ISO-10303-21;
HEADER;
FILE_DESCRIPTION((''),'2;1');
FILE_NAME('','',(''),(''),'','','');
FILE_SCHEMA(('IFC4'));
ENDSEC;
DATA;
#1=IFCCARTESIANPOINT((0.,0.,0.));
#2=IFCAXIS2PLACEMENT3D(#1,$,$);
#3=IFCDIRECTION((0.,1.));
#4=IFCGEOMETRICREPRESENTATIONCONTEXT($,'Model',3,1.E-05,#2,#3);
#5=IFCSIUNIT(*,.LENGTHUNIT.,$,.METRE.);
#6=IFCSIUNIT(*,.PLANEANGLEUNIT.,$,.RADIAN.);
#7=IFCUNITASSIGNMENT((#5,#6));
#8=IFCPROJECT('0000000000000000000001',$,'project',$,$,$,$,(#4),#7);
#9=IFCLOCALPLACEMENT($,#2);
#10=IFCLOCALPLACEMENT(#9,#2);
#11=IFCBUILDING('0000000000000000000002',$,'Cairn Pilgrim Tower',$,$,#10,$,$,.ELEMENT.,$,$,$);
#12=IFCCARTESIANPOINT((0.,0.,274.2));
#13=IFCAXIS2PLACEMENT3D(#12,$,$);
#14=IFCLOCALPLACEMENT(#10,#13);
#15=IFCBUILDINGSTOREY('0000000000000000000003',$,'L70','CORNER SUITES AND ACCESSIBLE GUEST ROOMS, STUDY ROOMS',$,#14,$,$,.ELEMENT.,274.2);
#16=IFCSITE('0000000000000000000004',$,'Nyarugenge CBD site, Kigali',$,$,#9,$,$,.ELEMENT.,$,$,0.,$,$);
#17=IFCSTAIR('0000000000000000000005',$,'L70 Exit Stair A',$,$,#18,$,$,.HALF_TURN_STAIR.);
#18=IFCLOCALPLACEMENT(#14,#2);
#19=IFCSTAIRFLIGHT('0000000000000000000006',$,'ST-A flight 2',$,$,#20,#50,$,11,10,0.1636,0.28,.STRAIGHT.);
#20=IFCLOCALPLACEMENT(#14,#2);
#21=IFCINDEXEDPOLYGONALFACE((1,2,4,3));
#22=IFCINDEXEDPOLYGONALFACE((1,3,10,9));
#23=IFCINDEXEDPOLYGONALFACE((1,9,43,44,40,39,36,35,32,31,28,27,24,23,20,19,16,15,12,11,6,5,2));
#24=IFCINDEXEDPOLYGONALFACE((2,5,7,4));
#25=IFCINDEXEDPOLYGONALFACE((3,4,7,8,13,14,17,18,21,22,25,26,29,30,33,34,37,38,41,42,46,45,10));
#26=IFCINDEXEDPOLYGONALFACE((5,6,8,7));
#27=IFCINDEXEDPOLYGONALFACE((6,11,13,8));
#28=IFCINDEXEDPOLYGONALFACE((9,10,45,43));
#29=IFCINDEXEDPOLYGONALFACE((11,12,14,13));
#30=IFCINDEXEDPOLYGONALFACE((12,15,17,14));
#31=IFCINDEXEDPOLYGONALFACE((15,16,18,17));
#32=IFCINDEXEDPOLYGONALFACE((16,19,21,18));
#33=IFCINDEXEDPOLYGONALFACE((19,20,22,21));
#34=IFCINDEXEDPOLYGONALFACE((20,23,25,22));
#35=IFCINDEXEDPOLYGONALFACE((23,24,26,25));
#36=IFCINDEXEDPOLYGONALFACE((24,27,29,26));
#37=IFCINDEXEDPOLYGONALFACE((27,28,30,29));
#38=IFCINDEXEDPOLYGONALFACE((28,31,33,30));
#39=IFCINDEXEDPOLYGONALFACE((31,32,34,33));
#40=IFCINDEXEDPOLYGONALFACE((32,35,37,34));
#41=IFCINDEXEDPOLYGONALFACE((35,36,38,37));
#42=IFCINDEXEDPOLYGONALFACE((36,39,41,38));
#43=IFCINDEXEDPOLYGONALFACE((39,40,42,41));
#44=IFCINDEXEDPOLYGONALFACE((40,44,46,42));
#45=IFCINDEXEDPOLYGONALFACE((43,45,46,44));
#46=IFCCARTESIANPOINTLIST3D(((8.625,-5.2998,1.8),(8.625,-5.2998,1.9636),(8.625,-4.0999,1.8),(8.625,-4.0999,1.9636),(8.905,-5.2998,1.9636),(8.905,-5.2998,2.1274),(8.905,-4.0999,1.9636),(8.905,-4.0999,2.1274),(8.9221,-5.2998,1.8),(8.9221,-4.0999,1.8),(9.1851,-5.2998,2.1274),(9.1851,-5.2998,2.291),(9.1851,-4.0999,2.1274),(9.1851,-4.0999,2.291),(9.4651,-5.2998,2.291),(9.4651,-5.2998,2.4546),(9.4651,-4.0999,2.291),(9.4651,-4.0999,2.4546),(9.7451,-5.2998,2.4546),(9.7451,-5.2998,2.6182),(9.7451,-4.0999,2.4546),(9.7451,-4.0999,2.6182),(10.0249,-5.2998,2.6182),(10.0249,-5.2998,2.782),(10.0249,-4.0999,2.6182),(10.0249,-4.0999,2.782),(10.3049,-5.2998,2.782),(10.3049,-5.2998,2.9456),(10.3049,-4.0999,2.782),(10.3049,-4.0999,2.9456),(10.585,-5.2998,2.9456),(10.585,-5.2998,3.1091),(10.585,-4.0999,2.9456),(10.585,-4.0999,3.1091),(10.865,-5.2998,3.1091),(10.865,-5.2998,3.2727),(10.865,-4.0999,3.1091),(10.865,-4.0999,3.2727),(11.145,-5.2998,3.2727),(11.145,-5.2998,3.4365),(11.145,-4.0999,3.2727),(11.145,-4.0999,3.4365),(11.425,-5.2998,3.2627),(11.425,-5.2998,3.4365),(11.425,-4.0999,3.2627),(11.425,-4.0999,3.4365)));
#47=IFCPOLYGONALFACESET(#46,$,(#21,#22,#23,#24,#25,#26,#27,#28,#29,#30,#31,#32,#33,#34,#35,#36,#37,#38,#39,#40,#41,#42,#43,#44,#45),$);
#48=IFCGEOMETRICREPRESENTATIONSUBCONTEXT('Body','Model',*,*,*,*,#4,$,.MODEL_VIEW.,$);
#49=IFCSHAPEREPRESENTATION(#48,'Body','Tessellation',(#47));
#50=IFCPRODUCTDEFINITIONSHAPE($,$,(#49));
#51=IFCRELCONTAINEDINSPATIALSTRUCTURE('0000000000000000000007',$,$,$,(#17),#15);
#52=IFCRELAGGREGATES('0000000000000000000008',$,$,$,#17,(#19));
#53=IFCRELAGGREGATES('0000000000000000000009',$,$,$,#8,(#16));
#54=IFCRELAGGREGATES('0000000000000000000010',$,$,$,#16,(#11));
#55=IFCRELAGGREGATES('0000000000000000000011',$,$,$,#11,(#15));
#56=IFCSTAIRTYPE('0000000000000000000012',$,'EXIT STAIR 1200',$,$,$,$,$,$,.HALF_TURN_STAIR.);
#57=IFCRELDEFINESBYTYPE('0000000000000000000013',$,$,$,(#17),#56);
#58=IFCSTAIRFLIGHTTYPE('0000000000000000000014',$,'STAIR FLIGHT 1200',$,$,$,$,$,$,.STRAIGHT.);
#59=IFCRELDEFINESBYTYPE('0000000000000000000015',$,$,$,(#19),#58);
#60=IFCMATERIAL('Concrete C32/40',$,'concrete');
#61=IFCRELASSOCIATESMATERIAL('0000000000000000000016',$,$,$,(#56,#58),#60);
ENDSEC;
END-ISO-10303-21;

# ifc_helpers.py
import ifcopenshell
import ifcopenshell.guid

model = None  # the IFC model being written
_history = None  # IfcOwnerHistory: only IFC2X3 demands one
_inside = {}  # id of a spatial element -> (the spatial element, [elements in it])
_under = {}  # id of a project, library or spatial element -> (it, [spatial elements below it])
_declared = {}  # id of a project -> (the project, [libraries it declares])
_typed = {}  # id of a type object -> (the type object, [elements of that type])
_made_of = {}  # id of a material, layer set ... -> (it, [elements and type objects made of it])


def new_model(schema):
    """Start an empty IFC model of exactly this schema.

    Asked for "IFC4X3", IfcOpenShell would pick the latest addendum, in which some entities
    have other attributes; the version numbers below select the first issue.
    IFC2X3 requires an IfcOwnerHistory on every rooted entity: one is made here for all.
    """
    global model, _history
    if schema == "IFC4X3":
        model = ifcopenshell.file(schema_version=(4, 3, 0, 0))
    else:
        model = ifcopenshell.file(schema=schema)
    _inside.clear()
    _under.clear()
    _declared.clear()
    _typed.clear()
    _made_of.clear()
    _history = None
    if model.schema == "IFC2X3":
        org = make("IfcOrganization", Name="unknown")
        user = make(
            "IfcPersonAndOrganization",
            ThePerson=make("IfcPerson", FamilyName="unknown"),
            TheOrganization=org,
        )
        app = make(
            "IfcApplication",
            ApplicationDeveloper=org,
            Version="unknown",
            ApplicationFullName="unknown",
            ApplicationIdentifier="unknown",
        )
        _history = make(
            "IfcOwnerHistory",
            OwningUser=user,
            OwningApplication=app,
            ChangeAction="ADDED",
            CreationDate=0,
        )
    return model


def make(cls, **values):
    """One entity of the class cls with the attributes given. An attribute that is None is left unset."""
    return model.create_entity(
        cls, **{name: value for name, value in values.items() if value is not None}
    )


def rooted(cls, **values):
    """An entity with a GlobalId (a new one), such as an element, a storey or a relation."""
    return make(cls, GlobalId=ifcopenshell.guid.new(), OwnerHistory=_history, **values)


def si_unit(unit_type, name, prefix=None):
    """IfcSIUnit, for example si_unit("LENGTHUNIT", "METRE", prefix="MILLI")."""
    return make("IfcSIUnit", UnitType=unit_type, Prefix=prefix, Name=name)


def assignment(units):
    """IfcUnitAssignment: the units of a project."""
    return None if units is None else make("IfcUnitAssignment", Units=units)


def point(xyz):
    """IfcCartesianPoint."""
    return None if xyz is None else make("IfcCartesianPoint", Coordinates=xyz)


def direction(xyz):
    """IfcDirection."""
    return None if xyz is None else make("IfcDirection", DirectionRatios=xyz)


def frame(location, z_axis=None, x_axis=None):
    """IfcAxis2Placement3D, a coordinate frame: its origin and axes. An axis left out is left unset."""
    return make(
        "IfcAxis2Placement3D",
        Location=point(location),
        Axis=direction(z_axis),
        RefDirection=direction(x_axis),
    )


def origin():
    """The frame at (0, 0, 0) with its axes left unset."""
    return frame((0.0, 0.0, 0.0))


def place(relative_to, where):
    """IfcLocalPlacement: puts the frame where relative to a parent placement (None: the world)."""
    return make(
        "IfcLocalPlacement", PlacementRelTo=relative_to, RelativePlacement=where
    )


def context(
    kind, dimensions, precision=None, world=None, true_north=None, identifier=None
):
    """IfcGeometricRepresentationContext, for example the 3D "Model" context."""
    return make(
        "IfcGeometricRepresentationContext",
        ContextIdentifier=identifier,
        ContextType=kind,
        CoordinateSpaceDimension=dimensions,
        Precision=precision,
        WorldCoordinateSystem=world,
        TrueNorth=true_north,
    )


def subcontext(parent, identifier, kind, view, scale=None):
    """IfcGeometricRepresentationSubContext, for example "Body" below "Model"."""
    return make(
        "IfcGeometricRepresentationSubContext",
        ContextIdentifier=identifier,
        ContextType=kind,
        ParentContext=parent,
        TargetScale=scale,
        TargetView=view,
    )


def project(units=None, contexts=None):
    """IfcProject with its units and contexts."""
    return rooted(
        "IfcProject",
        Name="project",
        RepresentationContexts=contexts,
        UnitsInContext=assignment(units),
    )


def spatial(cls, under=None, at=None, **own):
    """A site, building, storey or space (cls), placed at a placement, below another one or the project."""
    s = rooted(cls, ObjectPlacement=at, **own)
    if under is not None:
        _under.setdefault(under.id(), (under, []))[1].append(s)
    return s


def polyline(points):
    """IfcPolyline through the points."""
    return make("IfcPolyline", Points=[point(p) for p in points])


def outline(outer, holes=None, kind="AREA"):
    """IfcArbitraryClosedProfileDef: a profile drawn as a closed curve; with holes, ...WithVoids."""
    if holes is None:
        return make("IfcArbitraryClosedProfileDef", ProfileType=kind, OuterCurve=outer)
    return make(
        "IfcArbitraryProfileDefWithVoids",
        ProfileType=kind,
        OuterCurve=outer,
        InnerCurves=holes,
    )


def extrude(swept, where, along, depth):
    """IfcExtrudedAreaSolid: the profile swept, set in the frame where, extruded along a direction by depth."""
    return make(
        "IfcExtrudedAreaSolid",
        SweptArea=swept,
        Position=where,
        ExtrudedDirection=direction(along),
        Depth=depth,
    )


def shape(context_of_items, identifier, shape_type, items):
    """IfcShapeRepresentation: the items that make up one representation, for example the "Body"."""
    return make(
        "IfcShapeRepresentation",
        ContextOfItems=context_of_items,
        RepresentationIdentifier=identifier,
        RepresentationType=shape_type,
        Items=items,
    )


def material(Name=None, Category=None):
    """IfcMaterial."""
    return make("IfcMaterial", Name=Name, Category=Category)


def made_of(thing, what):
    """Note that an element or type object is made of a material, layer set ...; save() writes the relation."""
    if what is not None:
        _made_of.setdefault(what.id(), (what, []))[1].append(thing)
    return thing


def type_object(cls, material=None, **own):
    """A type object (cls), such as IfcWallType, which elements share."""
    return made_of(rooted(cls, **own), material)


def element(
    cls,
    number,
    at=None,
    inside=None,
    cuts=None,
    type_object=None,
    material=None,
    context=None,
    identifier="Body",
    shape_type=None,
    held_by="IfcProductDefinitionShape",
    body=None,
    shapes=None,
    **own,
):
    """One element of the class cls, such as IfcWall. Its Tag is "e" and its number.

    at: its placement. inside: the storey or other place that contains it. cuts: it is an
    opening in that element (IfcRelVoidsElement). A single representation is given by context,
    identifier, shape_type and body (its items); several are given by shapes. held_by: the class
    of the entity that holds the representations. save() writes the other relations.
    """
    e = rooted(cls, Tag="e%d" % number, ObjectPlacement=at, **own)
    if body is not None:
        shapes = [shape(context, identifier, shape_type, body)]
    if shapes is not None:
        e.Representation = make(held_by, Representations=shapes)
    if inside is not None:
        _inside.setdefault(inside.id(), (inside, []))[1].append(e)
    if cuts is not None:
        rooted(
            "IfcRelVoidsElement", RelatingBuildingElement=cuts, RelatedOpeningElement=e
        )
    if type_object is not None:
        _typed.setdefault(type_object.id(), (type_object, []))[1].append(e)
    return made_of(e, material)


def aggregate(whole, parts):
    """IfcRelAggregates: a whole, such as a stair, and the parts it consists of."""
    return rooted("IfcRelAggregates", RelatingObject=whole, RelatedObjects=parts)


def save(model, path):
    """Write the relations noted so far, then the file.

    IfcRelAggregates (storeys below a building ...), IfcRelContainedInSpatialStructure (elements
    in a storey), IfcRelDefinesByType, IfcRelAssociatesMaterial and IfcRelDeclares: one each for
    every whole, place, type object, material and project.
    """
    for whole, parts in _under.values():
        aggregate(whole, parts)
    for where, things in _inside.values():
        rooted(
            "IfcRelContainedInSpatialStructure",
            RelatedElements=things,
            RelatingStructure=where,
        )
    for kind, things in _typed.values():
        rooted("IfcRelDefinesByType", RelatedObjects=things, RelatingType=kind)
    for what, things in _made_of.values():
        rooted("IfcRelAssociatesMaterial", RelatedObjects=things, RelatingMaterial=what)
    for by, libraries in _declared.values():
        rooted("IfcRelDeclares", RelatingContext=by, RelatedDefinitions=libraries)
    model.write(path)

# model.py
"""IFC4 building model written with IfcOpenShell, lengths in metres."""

from ifc_helpers import new_model, si_unit, direction, frame, origin, place, context, subcontext, project, spatial, polyline, outline, extrude, material, type_object, element, aggregate, save


model = new_model("IFC4")

# Units and contexts
model_context = context("Model", 3, precision=1e-05, world=origin(), true_north=direction((0.0, 1.0)))
body_context = subcontext(model_context, "Body", "Model", "MODEL_VIEW")
ifc_project = project(units=[si_unit("LENGTHUNIT", "METRE"), si_unit("PLANEANGLEUNIT", "RADIAN")], contexts=[model_context])

# Site, building, storey
site_placement = place(None, origin())
site = spatial("IfcSite", under=ifc_project, at=site_placement, Name="Nyarugenge CBD site, Kigali", CompositionType="ELEMENT", RefElevation=0.0)
building_placement = place(site_placement, origin())
building = spatial("IfcBuilding", under=site, at=building_placement, Name="Cairn Pilgrim Tower", CompositionType="ELEMENT")
storey_placement = place(building_placement, frame((0.0, 0.0, 274.2)))
storey = spatial("IfcBuildingStorey", under=building, at=storey_placement, Name="L70", Description="CORNER SUITES AND ACCESSIBLE GUEST ROOMS, STUDY ROOMS", CompositionType="ELEMENT", Elevation=274.2)

# Shared definitions
ifc_material_1 = material(Name="Concrete C32/40", Category="concrete")

# Stair, stair flight
stair_type = type_object("IfcStairType", Name="EXIT STAIR 1200", PredefinedType="HALF_TURN_STAIR", material=ifc_material_1)
stair_placement = place(storey_placement, origin())
stair = element("IfcStair", 1, at=stair_placement, inside=storey, type_object=stair_type, Name="L70 Exit Stair A", PredefinedType="HALF_TURN_STAIR")
stair_flight_type = type_object("IfcStairFlightType", Name="STAIR FLIGHT 1200", PredefinedType="STRAIGHT", material=ifc_material_1)
stair_flight_1_placement = place(storey_placement, frame((8.625, -4.7, 1.8), z_axis=(0.0, 0.0, 1.0), x_axis=(1.0, 0.0, 0.0)))
stair_flight_1 = element("IfcStairFlight", 2, at=stair_flight_1_placement, type_object=stair_flight_type, Name="ST-A flight 2", NumberOfRisers=11, NumberOfTreads=10, PredefinedType="STRAIGHT", RiserHeight=0.1636, TreadLength=0.28, context=body_context, shape_type="SweptSolid", body=[
    extrude(outline(polyline([(0.0, 0.0), (0.0, 0.1636), (0.28, 0.1636), (0.28, 0.3274), (0.5601, 0.3274), (0.5601, 0.491), (0.8401, 0.491), (0.8401, 0.6545), (1.1201, 0.6545), (1.1201, 0.8181), (1.3999, 0.8181), (1.3999, 0.9819), (1.6799, 0.9819), (1.6799, 1.1455), (1.96, 1.1455), (1.96, 1.3091), (2.24, 1.3091), (2.24, 1.4727), (2.52, 1.4727), (2.52, 1.6365), (2.8, 1.6365), (2.8, 1.8), (2.8, 1.4626), (0.2971, 0.0), (0.0, 0.0)])), frame((0.0, 0.6001, 0.0), z_axis=(0.0, -1.0, 0.0), x_axis=(1.0, 0.0, 0.0)), (0.0, 0.0, 1.0), 1.2),
])
aggregate(stair, [stair_flight_1])

save(model, "model.ifc")
